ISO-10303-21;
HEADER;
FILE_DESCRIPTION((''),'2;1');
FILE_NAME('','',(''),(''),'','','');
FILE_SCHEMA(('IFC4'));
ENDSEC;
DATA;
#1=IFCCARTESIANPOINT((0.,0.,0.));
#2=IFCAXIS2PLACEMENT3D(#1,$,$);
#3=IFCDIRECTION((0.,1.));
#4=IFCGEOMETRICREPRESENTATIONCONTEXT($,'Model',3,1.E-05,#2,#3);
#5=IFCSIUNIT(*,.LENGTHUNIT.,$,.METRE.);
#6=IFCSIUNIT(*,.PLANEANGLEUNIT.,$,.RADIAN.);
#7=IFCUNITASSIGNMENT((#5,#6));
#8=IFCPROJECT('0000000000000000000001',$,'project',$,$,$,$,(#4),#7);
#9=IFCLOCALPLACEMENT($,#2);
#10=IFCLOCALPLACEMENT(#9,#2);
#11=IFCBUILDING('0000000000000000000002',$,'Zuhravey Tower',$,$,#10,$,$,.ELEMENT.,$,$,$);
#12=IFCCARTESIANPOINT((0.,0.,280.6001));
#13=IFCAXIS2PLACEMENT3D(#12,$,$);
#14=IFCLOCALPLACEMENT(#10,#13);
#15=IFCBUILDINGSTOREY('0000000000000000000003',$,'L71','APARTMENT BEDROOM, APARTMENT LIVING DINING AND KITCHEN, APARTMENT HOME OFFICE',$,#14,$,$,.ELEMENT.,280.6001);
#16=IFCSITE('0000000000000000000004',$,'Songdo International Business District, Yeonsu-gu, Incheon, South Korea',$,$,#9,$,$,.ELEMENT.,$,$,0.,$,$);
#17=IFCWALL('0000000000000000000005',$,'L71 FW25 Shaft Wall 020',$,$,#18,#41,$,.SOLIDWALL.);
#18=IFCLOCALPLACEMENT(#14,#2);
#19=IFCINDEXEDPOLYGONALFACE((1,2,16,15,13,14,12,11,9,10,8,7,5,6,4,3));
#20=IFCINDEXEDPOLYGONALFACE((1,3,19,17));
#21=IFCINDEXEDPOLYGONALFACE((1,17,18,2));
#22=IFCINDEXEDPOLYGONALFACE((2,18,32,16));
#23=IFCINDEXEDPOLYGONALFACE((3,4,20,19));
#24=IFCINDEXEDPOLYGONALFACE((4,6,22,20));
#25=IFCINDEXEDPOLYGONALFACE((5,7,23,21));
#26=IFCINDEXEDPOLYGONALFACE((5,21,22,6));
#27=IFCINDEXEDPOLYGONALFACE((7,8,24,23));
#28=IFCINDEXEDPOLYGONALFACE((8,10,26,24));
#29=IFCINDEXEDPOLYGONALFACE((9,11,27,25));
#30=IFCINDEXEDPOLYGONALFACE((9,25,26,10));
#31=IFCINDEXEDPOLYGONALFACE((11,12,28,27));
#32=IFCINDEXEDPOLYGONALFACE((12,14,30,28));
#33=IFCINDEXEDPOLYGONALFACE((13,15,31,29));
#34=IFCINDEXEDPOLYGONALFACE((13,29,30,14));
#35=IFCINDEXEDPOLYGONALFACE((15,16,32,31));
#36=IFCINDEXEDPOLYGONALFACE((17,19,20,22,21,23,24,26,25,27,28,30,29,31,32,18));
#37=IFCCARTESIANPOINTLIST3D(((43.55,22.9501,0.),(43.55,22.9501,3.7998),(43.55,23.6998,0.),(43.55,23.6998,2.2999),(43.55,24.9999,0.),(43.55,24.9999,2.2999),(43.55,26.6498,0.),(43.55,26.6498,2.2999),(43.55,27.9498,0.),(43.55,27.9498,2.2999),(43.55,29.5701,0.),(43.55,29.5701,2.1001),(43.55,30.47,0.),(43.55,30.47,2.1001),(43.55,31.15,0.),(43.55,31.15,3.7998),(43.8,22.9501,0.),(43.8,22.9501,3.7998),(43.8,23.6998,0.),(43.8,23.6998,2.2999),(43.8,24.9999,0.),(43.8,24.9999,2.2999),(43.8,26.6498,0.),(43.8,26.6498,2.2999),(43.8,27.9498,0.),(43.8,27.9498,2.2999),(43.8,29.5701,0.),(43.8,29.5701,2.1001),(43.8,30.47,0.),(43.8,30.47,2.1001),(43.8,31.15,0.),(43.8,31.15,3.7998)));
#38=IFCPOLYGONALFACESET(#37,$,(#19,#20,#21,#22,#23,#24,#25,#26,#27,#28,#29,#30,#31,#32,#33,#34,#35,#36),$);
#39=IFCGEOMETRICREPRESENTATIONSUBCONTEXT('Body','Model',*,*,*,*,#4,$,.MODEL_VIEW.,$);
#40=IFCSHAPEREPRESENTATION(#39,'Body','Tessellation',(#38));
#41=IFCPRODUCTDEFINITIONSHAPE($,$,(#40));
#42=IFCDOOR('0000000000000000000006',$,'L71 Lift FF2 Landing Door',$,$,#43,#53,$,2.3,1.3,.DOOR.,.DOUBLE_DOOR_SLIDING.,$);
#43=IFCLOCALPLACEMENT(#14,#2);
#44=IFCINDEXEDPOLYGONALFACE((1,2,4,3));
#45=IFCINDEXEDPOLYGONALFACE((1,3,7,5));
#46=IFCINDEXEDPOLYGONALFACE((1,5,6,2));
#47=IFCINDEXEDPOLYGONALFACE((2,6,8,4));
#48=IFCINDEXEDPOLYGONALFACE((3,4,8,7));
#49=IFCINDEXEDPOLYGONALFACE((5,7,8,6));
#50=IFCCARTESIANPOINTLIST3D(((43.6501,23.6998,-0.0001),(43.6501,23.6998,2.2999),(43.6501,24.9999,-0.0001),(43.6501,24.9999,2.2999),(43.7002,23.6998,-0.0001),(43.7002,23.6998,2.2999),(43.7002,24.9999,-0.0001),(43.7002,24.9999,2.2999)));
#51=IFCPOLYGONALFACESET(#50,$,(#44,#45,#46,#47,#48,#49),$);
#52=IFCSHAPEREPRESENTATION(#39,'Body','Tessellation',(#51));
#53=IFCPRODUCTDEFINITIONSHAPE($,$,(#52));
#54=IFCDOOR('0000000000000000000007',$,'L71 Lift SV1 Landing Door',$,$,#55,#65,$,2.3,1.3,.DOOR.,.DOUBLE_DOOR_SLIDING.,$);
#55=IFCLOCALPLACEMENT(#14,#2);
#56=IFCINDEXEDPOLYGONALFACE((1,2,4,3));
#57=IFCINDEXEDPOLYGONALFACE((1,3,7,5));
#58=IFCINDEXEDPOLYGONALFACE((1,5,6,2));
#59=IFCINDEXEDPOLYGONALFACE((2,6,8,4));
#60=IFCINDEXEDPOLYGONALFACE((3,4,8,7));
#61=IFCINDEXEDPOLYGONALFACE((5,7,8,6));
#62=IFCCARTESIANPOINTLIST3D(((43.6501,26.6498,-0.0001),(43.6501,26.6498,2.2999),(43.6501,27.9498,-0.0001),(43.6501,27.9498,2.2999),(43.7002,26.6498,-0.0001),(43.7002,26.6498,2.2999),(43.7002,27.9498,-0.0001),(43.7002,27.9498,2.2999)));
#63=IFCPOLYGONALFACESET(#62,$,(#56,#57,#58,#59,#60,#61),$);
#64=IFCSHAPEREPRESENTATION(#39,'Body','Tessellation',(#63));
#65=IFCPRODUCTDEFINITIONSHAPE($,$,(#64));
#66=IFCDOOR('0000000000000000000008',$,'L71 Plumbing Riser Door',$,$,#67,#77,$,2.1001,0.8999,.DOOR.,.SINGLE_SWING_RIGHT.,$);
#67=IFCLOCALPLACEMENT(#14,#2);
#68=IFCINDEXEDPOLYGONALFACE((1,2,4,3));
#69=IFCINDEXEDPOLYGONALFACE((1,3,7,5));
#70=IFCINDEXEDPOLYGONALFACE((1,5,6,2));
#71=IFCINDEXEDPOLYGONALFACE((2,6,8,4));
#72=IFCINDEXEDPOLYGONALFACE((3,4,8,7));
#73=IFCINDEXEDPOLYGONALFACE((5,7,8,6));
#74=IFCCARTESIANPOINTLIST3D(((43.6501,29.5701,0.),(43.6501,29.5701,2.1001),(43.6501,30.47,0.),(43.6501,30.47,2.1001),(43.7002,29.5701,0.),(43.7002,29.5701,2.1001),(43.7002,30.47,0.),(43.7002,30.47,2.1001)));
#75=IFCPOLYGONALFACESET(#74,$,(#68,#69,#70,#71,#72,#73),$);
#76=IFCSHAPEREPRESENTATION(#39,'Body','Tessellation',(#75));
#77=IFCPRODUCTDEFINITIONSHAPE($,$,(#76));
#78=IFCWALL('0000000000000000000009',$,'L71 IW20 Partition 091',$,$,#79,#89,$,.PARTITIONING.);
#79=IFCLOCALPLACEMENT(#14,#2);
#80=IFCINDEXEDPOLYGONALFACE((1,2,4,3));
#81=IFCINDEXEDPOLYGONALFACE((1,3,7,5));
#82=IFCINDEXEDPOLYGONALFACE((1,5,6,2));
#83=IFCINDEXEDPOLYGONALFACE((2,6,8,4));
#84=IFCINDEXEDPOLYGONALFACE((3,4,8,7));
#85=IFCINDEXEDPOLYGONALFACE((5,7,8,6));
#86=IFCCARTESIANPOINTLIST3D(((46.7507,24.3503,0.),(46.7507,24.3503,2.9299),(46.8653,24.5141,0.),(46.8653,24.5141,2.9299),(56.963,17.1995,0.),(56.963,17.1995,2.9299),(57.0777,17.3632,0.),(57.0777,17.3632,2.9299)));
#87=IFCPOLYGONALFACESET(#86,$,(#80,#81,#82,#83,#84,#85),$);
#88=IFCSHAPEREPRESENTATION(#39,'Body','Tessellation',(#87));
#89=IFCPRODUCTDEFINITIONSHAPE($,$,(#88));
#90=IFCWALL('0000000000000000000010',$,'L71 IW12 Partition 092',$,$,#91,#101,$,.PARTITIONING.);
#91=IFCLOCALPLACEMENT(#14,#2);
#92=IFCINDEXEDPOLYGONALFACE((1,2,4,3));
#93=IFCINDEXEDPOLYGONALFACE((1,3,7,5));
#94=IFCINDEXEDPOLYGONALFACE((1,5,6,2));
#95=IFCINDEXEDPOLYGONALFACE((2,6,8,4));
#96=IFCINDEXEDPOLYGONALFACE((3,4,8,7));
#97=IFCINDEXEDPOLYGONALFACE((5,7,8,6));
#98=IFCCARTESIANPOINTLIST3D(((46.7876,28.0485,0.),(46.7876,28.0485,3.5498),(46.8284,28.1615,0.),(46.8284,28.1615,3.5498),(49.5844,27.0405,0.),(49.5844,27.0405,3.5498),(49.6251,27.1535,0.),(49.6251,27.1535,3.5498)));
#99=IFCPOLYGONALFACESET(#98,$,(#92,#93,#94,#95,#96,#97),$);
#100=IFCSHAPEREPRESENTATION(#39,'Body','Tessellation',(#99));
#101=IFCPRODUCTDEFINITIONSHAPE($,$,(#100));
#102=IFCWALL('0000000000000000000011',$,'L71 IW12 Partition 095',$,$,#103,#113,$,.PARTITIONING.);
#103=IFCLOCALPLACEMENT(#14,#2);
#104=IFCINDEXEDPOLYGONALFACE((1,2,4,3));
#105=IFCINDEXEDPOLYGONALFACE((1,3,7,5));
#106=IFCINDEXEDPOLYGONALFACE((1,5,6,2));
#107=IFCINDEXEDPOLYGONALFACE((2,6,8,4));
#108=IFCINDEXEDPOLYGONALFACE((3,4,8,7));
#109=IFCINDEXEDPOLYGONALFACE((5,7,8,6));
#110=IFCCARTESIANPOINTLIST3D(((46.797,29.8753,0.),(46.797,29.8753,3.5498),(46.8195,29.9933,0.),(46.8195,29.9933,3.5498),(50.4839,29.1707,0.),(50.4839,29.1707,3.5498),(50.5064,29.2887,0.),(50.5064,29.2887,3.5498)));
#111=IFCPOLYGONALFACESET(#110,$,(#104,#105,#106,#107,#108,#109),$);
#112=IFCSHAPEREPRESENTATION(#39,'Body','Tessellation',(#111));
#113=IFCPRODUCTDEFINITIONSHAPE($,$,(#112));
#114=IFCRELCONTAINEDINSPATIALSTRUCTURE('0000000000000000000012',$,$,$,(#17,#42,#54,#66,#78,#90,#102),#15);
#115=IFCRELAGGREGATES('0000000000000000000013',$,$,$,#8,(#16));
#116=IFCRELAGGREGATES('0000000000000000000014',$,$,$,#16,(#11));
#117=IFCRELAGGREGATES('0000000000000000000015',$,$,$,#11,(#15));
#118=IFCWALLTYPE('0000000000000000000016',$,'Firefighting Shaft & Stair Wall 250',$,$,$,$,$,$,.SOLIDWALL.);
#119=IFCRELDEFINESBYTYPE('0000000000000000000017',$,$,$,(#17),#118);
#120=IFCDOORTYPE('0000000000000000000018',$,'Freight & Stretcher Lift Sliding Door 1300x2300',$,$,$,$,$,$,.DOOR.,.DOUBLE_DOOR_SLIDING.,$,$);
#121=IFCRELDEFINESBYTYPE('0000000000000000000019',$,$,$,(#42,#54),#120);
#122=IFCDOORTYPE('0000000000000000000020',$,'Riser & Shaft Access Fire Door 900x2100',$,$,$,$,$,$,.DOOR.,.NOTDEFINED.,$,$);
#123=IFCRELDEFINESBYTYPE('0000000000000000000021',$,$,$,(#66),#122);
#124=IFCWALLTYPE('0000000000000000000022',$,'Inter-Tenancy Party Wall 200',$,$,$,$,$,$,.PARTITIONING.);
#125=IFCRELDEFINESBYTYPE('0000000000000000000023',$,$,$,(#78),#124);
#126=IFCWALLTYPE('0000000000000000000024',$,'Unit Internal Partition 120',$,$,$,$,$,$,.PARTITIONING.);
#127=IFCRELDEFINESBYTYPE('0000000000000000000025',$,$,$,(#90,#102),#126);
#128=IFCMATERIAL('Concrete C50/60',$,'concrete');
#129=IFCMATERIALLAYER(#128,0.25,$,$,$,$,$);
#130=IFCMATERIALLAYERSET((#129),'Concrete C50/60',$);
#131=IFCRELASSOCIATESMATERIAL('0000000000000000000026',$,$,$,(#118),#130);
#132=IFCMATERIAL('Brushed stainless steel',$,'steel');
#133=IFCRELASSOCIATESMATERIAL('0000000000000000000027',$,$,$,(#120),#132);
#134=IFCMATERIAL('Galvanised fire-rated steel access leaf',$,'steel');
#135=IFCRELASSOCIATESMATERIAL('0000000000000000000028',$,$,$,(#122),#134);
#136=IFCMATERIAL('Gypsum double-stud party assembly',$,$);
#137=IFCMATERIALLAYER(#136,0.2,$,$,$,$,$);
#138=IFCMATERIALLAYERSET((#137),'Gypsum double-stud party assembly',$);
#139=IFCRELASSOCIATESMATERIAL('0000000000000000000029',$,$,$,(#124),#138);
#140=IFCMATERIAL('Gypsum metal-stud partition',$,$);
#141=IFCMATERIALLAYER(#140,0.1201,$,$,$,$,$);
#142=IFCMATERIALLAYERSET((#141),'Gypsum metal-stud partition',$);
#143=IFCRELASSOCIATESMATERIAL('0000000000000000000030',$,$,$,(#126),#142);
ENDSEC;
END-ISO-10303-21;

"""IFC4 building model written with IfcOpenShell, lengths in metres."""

from ifc_helpers import new_model, si_unit, direction, frame, frame_2d, origin, place, context, subcontext, project, spatial, rectangle, extrude, material, layer, layer_set, type_object, element, fill, save


model = new_model("IFC4")

# Units and contexts
model_context = context("Model", 3, precision=1e-05, world=origin(), true_north=direction((0.0, 1.0)))
body_context = subcontext(model_context, "Body", "Model", "MODEL_VIEW")
ifc_project = project(units=[si_unit("LENGTHUNIT", "METRE"), si_unit("PLANEANGLEUNIT", "RADIAN")], contexts=[model_context])

# Site, building, storey
site_placement = place(None, origin())
site = spatial("IfcSite", under=ifc_project, at=site_placement, Name="Songdo International Business District, Yeonsu-gu, Incheon, South Korea", CompositionType="ELEMENT", RefElevation=0.0)
building_placement = place(site_placement, origin())
building = spatial("IfcBuilding", under=site, at=building_placement, Name="Zuhravey Tower", CompositionType="ELEMENT")
storey_placement = place(building_placement, frame((0.0, 0.0, 280.6001)))
storey = spatial("IfcBuildingStorey", under=building, at=storey_placement, Name="L71", Description="APARTMENT BEDROOM, APARTMENT LIVING DINING AND KITCHEN, APARTMENT HOME OFFICE", CompositionType="ELEMENT", Elevation=280.6001)

# Shared definitions
ifc_material_1 = material(Name="Concrete C50/60", Category="concrete")

# Shared definitions
ifc_layer_1 = layer(ifc_material_1, 0.25)
ifc_layer_set_1 = layer_set([ifc_layer_1], Name="Concrete C50/60")
wall_type_1 = type_object("IfcWallType", Name="Firefighting Shaft & Stair Wall 250", PredefinedType="SOLIDWALL", material=ifc_layer_set_1)

# Wall, openings, doors
wall_1_placement = place(storey_placement, frame((43.675, 22.95, 0.0), z_axis=(0.0, 0.0, 1.0), x_axis=(0.0, 1.0, 0.0)))
wall_1 = element("IfcWall", 1, at=wall_1_placement, inside=storey, type_object=wall_type_1, Name="L71 FW25 Shaft Wall 020", PredefinedType="SOLIDWALL", context=body_context, shape_type="SweptSolid", body=[
    extrude(rectangle(XDim=8.2, YDim=0.25, at=frame_2d((4.1001, 0.0))), origin(), (0.0, 0.0, 1.0), 3.7998),
])
opening_1_placement = place(wall_1_placement, frame((0.75, 0.0, 0.0)))
opening_1 = element("IfcOpeningElement", 2, at=opening_1_placement, cuts=wall_1, PredefinedType="OPENING", context=body_context, shape_type="SweptSolid", body=[
    extrude(rectangle(XDim=1.3, YDim=2.3, at=frame_2d((0.6499, 1.1499))), frame((0.0, 0.137, 0.0), z_axis=(0.0, -1.0, 0.0), x_axis=(1.0, 0.0, 0.0)), (0.0, 0.0, 1.0), 0.2739),
])
opening_2_placement = place(wall_1_placement, frame((3.7, 0.0, 0.0)))
opening_2 = element("IfcOpeningElement", 3, at=opening_2_placement, cuts=wall_1, PredefinedType="OPENING", context=body_context, shape_type="SweptSolid", body=[
    extrude(rectangle(XDim=1.3, YDim=2.3, at=frame_2d((0.6499, 1.1499))), frame((0.0, 0.137, 0.0), z_axis=(0.0, -1.0, 0.0), x_axis=(1.0, 0.0, 0.0)), (0.0, 0.0, 1.0), 0.2739),
])
opening_3_placement = place(wall_1_placement, frame((6.6201, 0.0, 0.0)))
opening_3 = element("IfcOpeningElement", 4, at=opening_3_placement, cuts=wall_1, PredefinedType="OPENING", context=body_context, shape_type="SweptSolid", body=[
    extrude(rectangle(XDim=0.8999, YDim=2.1001, at=frame_2d((0.45, 1.05))), frame((0.0, 0.137, 0.0), z_axis=(0.0, -1.0, 0.0), x_axis=(1.0, 0.0, 0.0)), (0.0, 0.0, 1.0), 0.2739),
])
ifc_material_2 = material(Name="Brushed stainless steel", Category="steel")
door_type_1 = type_object("IfcDoorType", Name="Freight & Stretcher Lift Sliding Door 1300x2300", OperationType="DOUBLE_DOOR_SLIDING", PredefinedType="DOOR", material=ifc_material_2)
door_1_placement = place(opening_1_placement, origin())
door_1 = element("IfcDoor", 5, at=door_1_placement, inside=storey, type_object=door_type_1, Name="L71 Lift FF2 Landing Door", OperationType="DOUBLE_DOOR_SLIDING", OverallHeight=2.3, OverallWidth=1.3, PredefinedType="DOOR", context=body_context, shape_type="SweptSolid", body=[
    extrude(rectangle(XDim=1.3, YDim=2.3, at=frame_2d((0.6499, 1.1499))), frame((0.0, 0.0249, 0.0), z_axis=(0.0, -1.0, 0.0), x_axis=(1.0, 0.0, 0.0)), (0.0, 0.0, 1.0), 0.05),
])
fill(opening_1, door_1)
door_2_placement = place(opening_2_placement, origin())
door_2 = element("IfcDoor", 6, at=door_2_placement, inside=storey, type_object=door_type_1, Name="L71 Lift SV1 Landing Door", OperationType="DOUBLE_DOOR_SLIDING", OverallHeight=2.3, OverallWidth=1.3, PredefinedType="DOOR", context=body_context, shape_type="SweptSolid", body=[
    extrude(rectangle(XDim=1.3, YDim=2.3, at=frame_2d((0.6499, 1.1499))), frame((0.0, 0.0249, 0.0), z_axis=(0.0, -1.0, 0.0), x_axis=(1.0, 0.0, 0.0)), (0.0, 0.0, 1.0), 0.05),
])
fill(opening_2, door_2)
ifc_material_3 = material(Name="Galvanised fire-rated steel access leaf", Category="steel")
door_type_2 = type_object("IfcDoorType", Name="Riser & Shaft Access Fire Door 900x2100", OperationType="NOTDEFINED", PredefinedType="DOOR", material=ifc_material_3)
door_3_placement = place(opening_3_placement, origin())
door_3 = element("IfcDoor", 7, at=door_3_placement, inside=storey, type_object=door_type_2, Name="L71 Plumbing Riser Door", OperationType="SINGLE_SWING_RIGHT", OverallHeight=2.1001, OverallWidth=0.8999, PredefinedType="DOOR", context=body_context, shape_type="SweptSolid", body=[
    extrude(rectangle(XDim=0.8999, YDim=2.1001, at=frame_2d((0.45, 1.05))), frame((0.0, 0.0249, 0.0), z_axis=(0.0, -1.0, 0.0), x_axis=(1.0, 0.0, 0.0)), (0.0, 0.0, 1.0), 0.05),
])
fill(opening_3, door_3)

# Walls
ifc_material_4 = material(Name="Gypsum double-stud party assembly")
ifc_layer_2 = layer(ifc_material_4, 0.2)
ifc_layer_set_2 = layer_set([ifc_layer_2], Name="Gypsum double-stud party assembly")
wall_type_2 = type_object("IfcWallType", Name="Inter-Tenancy Party Wall 200", PredefinedType="PARTITIONING", material=ifc_layer_set_2)
wall_2_placement = place(storey_placement, frame((46.8081, 24.4321, 0.0), z_axis=(0.0, 0.0, 1.0), x_axis=(0.819149, -0.573581, 0.0)))
element("IfcWall", 8, at=wall_2_placement, inside=storey, type_object=wall_type_2, Name="L71 IW20 Partition 091", PredefinedType="PARTITIONING", context=body_context, shape_type="SweptSolid", body=[
    extrude(rectangle(XDim=12.467, YDim=0.2, at=frame_2d((6.2334, 0.0))), origin(), (0.0, 0.0, 1.0), 2.9299),
])
ifc_material_5 = material(Name="Gypsum metal-stud partition")
ifc_layer_3 = layer(ifc_material_5, 0.1201)
ifc_layer_set_3 = layer_set([ifc_layer_3], Name="Gypsum metal-stud partition")
wall_type_3 = type_object("IfcWallType", Name="Unit Internal Partition 120", PredefinedType="PARTITIONING", material=ifc_layer_set_3)
wall_3_placement = place(storey_placement, frame((46.8081, 28.105, 0.0), z_axis=(0.0, 0.0, 1.0), x_axis=(0.940761, -0.339071, 0.0)))
element("IfcWall", 9, at=wall_3_placement, inside=storey, type_object=wall_type_3, Name="L71 IW12 Partition 092", PredefinedType="PARTITIONING", context=body_context, shape_type="SweptSolid", body=[
    extrude(rectangle(XDim=2.9729, YDim=0.1201, at=frame_2d((1.4863, 0.0))), origin(), (0.0, 0.0, 1.0), 3.5498),
])
wall_4_placement = place(storey_placement, frame((46.8081, 29.9343, 0.0), z_axis=(0.0, 0.0, 1.0), x_axis=(0.982226, -0.187704, 0.0)))
element("IfcWall", 10, at=wall_4_placement, inside=storey, type_object=wall_type_3, Name="L71 IW12 Partition 095", PredefinedType="PARTITIONING", context=body_context, shape_type="SweptSolid", body=[
    extrude(rectangle(XDim=3.7537, YDim=0.1201, at=frame_2d((1.877, 0.0))), origin(), (0.0, 0.0, 1.0), 3.5498),
])

save(model, "model.ifc")
